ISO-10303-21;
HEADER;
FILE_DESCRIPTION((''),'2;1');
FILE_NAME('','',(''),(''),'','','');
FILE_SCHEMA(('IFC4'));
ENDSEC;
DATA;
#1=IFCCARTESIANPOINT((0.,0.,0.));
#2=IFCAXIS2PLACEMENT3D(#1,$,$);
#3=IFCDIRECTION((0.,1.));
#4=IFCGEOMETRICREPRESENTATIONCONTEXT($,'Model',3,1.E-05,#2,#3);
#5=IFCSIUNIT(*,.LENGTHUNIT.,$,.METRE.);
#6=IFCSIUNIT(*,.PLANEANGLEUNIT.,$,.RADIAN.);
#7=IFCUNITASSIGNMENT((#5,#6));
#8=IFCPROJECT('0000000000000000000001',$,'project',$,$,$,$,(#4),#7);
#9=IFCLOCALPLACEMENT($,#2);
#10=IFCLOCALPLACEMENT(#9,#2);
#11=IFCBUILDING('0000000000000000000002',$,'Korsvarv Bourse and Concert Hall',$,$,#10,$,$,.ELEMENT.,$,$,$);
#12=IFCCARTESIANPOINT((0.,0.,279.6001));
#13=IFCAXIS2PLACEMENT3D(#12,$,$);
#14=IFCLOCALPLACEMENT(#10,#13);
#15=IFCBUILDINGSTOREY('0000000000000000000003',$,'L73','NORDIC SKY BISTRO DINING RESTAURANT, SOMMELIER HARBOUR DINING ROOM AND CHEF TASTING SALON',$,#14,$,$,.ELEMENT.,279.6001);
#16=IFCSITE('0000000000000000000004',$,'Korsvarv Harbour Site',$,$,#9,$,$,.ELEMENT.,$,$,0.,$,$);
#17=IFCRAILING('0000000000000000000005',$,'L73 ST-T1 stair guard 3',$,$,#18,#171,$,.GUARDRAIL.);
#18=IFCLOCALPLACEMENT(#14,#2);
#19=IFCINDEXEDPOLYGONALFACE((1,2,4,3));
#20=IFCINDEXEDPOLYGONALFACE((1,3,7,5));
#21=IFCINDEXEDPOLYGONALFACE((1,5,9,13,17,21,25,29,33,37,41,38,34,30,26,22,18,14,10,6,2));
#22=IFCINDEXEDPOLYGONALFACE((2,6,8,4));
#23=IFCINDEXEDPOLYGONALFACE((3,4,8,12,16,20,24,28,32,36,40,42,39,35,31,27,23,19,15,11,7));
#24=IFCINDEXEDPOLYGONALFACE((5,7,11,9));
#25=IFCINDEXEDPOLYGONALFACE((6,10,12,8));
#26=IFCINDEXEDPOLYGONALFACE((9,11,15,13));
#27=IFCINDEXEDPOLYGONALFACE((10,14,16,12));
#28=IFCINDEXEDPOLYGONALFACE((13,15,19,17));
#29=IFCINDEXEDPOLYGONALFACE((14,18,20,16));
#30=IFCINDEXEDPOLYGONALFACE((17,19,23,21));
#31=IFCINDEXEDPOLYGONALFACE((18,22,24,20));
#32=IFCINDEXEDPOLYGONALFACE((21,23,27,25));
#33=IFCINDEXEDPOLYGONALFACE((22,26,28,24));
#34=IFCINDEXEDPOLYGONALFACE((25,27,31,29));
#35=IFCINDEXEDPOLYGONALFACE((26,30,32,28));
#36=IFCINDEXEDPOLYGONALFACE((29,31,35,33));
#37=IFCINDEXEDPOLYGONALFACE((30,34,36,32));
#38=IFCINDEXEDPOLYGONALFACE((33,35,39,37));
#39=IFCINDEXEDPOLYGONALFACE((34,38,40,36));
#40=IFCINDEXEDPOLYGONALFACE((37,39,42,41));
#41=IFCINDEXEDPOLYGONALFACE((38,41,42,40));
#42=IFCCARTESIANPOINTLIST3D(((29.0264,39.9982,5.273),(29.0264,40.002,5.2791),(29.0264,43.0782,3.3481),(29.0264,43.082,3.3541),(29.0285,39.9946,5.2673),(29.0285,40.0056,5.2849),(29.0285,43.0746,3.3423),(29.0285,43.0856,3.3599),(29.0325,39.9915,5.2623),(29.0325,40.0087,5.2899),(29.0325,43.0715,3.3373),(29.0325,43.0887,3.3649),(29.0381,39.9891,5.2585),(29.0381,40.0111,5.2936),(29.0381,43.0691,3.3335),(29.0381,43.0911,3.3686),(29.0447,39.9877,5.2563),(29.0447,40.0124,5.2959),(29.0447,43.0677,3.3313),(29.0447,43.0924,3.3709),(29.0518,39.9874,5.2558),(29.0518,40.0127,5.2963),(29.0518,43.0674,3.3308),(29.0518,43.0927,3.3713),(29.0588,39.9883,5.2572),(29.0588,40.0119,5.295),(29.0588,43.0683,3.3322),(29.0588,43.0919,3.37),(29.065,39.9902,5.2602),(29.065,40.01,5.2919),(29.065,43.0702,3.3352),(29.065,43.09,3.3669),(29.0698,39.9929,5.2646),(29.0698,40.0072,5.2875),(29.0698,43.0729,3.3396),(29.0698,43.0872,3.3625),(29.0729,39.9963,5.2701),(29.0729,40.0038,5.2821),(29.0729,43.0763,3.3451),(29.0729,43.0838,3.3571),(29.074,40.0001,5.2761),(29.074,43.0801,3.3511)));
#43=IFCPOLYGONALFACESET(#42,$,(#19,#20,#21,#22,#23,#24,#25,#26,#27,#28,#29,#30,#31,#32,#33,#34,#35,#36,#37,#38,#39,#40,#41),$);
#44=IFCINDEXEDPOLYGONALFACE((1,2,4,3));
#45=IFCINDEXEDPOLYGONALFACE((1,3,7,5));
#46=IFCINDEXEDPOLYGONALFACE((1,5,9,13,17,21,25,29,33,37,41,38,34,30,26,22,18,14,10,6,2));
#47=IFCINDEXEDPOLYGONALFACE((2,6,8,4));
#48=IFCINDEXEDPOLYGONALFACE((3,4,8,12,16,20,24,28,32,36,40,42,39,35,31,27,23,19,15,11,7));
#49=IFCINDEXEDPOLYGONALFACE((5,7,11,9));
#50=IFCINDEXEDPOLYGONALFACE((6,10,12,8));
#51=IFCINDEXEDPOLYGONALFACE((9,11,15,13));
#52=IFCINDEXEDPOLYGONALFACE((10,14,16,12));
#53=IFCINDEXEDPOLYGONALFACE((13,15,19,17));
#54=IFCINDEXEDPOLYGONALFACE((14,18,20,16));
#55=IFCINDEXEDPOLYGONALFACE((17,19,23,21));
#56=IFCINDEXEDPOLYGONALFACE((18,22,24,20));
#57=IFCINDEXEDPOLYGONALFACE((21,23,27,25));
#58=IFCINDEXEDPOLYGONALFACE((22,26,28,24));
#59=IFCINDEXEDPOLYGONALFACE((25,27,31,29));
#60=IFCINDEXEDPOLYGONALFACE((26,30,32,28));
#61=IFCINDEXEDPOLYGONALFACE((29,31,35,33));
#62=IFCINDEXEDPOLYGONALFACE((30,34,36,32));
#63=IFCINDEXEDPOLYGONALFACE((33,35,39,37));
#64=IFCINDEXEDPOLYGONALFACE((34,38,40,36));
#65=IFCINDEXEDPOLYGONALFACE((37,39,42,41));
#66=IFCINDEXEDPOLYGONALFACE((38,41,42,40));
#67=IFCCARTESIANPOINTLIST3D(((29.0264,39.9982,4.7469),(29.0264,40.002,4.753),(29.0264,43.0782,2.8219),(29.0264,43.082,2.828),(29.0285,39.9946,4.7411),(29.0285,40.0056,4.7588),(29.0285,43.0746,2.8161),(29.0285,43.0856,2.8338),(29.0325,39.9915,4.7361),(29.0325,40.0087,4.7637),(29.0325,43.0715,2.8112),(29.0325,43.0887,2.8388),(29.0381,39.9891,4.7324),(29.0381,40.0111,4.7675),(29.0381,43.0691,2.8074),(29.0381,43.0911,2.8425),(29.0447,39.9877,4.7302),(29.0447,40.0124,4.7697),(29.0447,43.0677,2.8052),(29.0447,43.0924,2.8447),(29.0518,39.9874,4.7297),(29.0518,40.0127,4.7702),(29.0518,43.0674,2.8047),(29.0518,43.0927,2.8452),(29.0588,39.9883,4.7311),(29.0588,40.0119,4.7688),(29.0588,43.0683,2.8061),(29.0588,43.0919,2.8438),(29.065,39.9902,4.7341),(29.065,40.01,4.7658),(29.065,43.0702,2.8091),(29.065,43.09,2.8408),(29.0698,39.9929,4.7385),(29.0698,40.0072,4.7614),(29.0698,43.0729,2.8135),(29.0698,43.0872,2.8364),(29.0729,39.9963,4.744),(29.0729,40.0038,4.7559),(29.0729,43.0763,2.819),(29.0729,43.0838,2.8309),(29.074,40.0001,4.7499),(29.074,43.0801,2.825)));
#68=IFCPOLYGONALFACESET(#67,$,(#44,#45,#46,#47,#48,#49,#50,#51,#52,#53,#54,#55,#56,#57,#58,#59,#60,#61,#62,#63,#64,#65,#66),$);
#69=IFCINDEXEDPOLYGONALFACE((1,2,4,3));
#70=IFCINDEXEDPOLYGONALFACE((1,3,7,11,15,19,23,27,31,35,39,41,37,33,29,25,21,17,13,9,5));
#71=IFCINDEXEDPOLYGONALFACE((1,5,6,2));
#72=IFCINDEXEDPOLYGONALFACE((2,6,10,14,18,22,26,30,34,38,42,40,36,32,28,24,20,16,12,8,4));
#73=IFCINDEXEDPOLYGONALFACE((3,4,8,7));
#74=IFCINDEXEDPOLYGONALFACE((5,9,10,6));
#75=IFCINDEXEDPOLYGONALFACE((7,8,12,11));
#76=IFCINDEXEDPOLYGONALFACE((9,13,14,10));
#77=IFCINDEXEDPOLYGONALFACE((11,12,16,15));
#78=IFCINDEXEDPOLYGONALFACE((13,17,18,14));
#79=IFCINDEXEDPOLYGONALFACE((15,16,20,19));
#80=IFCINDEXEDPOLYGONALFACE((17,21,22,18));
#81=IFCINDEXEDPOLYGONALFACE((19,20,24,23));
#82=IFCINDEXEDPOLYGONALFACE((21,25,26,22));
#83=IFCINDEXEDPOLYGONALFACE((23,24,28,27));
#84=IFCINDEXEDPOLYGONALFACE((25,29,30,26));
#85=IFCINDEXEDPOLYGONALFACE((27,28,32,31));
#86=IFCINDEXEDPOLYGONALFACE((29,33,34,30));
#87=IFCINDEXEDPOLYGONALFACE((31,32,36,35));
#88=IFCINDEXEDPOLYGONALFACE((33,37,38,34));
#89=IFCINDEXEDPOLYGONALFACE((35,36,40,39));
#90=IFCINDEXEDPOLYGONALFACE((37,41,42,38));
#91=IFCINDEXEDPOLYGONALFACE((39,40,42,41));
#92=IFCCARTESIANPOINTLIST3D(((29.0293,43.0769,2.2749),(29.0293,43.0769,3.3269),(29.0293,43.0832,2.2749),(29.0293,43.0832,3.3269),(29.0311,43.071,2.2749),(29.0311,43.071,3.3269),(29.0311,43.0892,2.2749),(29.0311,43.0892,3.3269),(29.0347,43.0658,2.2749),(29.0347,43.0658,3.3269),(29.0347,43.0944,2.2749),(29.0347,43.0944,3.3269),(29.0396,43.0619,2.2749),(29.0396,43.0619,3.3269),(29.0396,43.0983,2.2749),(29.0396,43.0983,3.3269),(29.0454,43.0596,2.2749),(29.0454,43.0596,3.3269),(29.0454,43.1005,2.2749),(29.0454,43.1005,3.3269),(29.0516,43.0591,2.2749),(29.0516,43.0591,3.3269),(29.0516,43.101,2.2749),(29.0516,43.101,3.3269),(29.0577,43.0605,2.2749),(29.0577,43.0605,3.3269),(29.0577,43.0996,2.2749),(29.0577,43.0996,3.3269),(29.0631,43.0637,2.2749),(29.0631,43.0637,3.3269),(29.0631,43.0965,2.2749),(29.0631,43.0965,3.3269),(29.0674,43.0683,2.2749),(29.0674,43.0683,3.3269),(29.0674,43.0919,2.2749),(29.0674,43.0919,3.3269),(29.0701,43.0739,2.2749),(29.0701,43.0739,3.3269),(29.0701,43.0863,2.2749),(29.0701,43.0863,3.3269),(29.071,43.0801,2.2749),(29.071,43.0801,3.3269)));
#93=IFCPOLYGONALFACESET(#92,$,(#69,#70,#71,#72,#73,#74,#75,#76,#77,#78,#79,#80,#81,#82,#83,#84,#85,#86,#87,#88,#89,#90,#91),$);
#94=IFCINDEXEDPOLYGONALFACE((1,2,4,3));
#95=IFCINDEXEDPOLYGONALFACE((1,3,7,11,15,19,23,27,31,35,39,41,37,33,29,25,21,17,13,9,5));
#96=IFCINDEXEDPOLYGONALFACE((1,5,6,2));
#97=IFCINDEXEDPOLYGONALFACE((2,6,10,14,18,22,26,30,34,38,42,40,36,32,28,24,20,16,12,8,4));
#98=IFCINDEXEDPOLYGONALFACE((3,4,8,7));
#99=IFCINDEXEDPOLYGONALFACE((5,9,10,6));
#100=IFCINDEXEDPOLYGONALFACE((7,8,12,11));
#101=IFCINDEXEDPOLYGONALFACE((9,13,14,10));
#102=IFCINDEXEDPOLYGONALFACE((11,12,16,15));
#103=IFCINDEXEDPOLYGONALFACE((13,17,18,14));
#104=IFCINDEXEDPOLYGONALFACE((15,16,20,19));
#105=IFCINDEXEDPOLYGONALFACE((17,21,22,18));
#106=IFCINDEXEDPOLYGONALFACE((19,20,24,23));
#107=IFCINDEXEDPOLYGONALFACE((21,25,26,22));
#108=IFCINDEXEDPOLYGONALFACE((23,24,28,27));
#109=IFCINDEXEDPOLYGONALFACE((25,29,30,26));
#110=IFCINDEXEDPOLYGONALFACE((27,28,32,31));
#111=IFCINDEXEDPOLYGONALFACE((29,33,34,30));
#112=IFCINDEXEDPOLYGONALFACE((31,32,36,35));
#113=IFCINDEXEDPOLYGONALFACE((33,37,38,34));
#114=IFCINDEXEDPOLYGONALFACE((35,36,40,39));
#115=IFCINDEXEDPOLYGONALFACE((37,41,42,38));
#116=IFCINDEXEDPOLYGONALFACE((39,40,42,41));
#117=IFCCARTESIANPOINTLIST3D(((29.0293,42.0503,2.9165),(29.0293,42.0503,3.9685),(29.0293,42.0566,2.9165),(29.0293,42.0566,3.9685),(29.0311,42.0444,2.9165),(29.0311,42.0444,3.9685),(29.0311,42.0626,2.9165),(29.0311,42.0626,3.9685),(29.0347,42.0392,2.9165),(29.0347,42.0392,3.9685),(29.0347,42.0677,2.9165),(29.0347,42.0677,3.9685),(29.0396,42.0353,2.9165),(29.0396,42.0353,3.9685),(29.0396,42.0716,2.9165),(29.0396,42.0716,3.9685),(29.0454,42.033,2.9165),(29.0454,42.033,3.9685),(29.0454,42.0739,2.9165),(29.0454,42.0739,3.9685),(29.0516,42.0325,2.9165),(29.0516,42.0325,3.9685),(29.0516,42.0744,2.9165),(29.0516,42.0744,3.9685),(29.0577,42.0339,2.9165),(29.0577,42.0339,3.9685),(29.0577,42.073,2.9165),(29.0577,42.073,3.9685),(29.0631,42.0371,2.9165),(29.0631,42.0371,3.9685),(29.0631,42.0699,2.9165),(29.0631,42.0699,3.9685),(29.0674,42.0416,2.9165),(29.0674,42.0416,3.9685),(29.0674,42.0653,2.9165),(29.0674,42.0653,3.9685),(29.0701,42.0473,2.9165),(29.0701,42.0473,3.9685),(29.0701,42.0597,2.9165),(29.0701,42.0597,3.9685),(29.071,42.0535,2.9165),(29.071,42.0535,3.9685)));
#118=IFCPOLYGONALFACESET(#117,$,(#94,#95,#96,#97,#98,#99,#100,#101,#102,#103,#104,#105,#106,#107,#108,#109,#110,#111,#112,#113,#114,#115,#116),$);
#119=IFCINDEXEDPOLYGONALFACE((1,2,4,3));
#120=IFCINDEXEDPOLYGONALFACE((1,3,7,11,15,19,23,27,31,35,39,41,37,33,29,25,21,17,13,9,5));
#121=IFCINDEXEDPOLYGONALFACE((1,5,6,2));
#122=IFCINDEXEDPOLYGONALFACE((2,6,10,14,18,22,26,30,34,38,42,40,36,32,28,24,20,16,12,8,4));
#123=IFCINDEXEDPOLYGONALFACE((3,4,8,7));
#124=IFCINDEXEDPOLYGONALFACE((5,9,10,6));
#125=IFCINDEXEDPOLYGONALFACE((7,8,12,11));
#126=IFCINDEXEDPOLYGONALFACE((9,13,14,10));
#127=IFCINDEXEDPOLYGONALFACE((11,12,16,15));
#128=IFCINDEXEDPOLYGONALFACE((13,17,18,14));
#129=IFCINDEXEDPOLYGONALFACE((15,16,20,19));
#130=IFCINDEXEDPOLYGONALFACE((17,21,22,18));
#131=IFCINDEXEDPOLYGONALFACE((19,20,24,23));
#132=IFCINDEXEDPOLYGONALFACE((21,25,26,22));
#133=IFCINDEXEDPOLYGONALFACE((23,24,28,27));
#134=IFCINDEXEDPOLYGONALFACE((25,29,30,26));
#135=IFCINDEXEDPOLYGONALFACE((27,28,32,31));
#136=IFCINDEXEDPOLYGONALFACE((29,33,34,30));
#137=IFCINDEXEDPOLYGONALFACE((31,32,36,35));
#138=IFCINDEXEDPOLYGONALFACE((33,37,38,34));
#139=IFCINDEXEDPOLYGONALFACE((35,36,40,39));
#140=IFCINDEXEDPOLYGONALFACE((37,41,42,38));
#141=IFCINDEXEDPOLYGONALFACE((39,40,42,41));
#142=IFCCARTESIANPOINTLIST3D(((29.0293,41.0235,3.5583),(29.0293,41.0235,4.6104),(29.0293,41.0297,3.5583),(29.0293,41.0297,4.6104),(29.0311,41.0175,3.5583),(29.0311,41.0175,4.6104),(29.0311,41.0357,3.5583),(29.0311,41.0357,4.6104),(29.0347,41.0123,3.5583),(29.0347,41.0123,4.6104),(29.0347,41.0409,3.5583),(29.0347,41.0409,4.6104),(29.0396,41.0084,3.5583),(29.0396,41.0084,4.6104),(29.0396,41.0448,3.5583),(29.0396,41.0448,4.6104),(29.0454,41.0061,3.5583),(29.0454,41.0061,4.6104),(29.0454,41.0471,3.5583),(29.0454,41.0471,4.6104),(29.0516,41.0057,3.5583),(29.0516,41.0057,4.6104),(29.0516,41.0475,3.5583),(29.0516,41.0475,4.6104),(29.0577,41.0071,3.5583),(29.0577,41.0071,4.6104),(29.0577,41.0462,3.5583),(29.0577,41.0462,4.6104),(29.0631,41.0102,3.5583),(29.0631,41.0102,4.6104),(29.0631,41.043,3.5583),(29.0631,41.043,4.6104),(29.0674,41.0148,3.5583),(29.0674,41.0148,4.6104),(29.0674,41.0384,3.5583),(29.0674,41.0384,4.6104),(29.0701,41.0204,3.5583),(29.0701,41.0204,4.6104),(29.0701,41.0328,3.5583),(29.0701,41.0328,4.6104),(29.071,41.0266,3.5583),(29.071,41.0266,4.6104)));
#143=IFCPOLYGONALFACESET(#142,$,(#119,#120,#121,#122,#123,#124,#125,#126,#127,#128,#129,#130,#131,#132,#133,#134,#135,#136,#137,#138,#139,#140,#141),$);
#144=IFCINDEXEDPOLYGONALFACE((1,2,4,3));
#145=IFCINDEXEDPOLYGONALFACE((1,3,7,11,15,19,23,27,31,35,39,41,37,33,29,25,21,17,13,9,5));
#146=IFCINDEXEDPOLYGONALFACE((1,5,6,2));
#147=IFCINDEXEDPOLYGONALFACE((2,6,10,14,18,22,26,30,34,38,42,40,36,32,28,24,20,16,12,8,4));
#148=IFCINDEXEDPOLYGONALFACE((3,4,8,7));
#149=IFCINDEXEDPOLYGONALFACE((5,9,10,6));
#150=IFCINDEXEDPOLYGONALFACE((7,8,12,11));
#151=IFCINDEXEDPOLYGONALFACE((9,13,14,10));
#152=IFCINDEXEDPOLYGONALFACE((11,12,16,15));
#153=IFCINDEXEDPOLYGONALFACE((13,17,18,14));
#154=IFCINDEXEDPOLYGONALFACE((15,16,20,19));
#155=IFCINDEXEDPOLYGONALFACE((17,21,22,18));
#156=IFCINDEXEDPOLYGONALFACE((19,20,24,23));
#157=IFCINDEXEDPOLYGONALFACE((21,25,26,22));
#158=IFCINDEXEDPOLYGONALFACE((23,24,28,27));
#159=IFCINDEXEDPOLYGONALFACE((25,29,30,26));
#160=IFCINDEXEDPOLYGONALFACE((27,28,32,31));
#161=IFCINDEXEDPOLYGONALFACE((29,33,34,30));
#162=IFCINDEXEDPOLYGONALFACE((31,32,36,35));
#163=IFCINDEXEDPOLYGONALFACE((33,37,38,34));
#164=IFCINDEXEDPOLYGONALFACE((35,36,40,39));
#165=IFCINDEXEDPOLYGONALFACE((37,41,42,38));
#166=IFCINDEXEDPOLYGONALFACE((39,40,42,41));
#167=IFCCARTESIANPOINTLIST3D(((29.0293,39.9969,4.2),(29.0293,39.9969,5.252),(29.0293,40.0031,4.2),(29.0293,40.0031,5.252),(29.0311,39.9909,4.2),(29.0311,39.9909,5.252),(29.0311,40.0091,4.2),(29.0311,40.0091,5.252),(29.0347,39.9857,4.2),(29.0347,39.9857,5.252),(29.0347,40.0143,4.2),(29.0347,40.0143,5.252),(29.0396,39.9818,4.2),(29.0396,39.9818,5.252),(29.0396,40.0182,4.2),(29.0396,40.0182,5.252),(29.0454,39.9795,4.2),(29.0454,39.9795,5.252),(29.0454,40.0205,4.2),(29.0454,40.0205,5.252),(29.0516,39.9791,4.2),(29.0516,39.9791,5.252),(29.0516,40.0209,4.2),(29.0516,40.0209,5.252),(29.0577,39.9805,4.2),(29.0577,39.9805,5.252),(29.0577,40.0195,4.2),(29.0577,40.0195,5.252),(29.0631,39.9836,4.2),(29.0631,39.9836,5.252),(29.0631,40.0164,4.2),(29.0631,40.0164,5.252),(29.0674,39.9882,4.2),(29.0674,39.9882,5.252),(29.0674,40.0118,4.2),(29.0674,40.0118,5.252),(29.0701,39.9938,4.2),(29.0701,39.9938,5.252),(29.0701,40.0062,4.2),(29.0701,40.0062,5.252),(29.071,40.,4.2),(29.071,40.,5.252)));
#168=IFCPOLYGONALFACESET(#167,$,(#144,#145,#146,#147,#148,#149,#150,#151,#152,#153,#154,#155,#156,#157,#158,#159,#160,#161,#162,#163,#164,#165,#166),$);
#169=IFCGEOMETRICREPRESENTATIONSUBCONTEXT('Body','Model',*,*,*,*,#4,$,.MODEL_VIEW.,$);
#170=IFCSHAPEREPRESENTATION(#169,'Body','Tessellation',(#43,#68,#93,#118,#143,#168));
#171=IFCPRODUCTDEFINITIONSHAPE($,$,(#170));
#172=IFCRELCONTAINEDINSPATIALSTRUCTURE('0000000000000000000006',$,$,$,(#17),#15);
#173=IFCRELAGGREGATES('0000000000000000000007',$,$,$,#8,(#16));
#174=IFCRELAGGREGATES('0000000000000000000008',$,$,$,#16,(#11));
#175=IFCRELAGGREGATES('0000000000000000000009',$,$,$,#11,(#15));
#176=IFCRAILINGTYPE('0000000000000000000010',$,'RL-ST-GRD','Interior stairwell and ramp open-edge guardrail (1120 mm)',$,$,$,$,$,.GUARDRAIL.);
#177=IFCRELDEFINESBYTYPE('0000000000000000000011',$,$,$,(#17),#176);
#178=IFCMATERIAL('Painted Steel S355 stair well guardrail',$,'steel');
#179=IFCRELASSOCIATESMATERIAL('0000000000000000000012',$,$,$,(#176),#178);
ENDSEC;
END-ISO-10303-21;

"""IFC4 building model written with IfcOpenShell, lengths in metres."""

from ifc_helpers import new_model, si_unit, direction, frame, origin, origin_2d, place, context, subcontext, project, spatial, circle, extrude, material, type_object, element, save


model = new_model("IFC4")

# Units and contexts
model_context = context("Model", 3, precision=1e-05, world=origin(), true_north=direction((0.0, 1.0)))
body_context = subcontext(model_context, "Body", "Model", "MODEL_VIEW")
ifc_project = project(units=[si_unit("LENGTHUNIT", "METRE"), si_unit("PLANEANGLEUNIT", "RADIAN")], contexts=[model_context])

# Site, building, storey
site_placement = place(None, origin())
site = spatial("IfcSite", under=ifc_project, at=site_placement, Name="Korsvarv Harbour Site", CompositionType="ELEMENT", RefElevation=0.0)
building_placement = place(site_placement, origin())
building = spatial("IfcBuilding", under=site, at=building_placement, Name="Korsvarv Bourse and Concert Hall", CompositionType="ELEMENT")
storey_placement = place(building_placement, frame((0.0, 0.0, 279.6001)))
storey = spatial("IfcBuildingStorey", under=building, at=storey_placement, Name="L73", Description="NORDIC SKY BISTRO DINING RESTAURANT, SOMMELIER HARBOUR DINING ROOM AND CHEF TASTING SALON", CompositionType="ELEMENT", Elevation=279.6001)

# Railing
ifc_material_1 = material(Name="Painted Steel S355 stair well guardrail", Category="steel")
railing_type_1 = type_object("IfcRailingType", Name="RL-ST-GRD", Description="Interior stairwell and ramp open-edge guardrail (1120 mm)", PredefinedType="GUARDRAIL", material=ifc_material_1)
railing_1_placement = place(storey_placement, frame((29.05, 43.0801, 2.2749)))
element("IfcRailing", 1, at=railing_1_placement, inside=storey, type_object=railing_type_1, Name="L73 ST-T1 stair guard 3", PredefinedType="GUARDRAIL", context=body_context, shape_type="SweptSolid", body=[
    extrude(circle(Radius=0.0239, at=origin_2d()), frame((0.0, 0.0, 1.0762), z_axis=(0.0, -0.847998, 0.529999), x_axis=(1.0, 0.0, 0.0)), (0.0, 0.0, 1.0), 3.6321),
    extrude(circle(Radius=0.0239, at=origin_2d()), frame((0.0, 0.0, 0.55), z_axis=(0.0, -0.847998, 0.529999), x_axis=(1.0, 0.0, 0.0)), (0.0, 0.0, 1.0), 3.6321),
    extrude(circle(Radius=0.021, at=origin_2d()), origin(), (0.0, 0.0, 1.0), 1.052),
    extrude(circle(Radius=0.021, at=origin_2d()), frame((0.0, -1.0266, 0.6416)), (0.0, 0.0, 1.0), 1.052),
    extrude(circle(Radius=0.021, at=origin_2d()), frame((0.0, -2.0535, 1.2834)), (0.0, 0.0, 1.0), 1.052),
    extrude(circle(Radius=0.021, at=origin_2d()), frame((0.0, -3.0801, 1.925)), (0.0, 0.0, 1.0), 1.052),
])

save(model, "model.ifc")
